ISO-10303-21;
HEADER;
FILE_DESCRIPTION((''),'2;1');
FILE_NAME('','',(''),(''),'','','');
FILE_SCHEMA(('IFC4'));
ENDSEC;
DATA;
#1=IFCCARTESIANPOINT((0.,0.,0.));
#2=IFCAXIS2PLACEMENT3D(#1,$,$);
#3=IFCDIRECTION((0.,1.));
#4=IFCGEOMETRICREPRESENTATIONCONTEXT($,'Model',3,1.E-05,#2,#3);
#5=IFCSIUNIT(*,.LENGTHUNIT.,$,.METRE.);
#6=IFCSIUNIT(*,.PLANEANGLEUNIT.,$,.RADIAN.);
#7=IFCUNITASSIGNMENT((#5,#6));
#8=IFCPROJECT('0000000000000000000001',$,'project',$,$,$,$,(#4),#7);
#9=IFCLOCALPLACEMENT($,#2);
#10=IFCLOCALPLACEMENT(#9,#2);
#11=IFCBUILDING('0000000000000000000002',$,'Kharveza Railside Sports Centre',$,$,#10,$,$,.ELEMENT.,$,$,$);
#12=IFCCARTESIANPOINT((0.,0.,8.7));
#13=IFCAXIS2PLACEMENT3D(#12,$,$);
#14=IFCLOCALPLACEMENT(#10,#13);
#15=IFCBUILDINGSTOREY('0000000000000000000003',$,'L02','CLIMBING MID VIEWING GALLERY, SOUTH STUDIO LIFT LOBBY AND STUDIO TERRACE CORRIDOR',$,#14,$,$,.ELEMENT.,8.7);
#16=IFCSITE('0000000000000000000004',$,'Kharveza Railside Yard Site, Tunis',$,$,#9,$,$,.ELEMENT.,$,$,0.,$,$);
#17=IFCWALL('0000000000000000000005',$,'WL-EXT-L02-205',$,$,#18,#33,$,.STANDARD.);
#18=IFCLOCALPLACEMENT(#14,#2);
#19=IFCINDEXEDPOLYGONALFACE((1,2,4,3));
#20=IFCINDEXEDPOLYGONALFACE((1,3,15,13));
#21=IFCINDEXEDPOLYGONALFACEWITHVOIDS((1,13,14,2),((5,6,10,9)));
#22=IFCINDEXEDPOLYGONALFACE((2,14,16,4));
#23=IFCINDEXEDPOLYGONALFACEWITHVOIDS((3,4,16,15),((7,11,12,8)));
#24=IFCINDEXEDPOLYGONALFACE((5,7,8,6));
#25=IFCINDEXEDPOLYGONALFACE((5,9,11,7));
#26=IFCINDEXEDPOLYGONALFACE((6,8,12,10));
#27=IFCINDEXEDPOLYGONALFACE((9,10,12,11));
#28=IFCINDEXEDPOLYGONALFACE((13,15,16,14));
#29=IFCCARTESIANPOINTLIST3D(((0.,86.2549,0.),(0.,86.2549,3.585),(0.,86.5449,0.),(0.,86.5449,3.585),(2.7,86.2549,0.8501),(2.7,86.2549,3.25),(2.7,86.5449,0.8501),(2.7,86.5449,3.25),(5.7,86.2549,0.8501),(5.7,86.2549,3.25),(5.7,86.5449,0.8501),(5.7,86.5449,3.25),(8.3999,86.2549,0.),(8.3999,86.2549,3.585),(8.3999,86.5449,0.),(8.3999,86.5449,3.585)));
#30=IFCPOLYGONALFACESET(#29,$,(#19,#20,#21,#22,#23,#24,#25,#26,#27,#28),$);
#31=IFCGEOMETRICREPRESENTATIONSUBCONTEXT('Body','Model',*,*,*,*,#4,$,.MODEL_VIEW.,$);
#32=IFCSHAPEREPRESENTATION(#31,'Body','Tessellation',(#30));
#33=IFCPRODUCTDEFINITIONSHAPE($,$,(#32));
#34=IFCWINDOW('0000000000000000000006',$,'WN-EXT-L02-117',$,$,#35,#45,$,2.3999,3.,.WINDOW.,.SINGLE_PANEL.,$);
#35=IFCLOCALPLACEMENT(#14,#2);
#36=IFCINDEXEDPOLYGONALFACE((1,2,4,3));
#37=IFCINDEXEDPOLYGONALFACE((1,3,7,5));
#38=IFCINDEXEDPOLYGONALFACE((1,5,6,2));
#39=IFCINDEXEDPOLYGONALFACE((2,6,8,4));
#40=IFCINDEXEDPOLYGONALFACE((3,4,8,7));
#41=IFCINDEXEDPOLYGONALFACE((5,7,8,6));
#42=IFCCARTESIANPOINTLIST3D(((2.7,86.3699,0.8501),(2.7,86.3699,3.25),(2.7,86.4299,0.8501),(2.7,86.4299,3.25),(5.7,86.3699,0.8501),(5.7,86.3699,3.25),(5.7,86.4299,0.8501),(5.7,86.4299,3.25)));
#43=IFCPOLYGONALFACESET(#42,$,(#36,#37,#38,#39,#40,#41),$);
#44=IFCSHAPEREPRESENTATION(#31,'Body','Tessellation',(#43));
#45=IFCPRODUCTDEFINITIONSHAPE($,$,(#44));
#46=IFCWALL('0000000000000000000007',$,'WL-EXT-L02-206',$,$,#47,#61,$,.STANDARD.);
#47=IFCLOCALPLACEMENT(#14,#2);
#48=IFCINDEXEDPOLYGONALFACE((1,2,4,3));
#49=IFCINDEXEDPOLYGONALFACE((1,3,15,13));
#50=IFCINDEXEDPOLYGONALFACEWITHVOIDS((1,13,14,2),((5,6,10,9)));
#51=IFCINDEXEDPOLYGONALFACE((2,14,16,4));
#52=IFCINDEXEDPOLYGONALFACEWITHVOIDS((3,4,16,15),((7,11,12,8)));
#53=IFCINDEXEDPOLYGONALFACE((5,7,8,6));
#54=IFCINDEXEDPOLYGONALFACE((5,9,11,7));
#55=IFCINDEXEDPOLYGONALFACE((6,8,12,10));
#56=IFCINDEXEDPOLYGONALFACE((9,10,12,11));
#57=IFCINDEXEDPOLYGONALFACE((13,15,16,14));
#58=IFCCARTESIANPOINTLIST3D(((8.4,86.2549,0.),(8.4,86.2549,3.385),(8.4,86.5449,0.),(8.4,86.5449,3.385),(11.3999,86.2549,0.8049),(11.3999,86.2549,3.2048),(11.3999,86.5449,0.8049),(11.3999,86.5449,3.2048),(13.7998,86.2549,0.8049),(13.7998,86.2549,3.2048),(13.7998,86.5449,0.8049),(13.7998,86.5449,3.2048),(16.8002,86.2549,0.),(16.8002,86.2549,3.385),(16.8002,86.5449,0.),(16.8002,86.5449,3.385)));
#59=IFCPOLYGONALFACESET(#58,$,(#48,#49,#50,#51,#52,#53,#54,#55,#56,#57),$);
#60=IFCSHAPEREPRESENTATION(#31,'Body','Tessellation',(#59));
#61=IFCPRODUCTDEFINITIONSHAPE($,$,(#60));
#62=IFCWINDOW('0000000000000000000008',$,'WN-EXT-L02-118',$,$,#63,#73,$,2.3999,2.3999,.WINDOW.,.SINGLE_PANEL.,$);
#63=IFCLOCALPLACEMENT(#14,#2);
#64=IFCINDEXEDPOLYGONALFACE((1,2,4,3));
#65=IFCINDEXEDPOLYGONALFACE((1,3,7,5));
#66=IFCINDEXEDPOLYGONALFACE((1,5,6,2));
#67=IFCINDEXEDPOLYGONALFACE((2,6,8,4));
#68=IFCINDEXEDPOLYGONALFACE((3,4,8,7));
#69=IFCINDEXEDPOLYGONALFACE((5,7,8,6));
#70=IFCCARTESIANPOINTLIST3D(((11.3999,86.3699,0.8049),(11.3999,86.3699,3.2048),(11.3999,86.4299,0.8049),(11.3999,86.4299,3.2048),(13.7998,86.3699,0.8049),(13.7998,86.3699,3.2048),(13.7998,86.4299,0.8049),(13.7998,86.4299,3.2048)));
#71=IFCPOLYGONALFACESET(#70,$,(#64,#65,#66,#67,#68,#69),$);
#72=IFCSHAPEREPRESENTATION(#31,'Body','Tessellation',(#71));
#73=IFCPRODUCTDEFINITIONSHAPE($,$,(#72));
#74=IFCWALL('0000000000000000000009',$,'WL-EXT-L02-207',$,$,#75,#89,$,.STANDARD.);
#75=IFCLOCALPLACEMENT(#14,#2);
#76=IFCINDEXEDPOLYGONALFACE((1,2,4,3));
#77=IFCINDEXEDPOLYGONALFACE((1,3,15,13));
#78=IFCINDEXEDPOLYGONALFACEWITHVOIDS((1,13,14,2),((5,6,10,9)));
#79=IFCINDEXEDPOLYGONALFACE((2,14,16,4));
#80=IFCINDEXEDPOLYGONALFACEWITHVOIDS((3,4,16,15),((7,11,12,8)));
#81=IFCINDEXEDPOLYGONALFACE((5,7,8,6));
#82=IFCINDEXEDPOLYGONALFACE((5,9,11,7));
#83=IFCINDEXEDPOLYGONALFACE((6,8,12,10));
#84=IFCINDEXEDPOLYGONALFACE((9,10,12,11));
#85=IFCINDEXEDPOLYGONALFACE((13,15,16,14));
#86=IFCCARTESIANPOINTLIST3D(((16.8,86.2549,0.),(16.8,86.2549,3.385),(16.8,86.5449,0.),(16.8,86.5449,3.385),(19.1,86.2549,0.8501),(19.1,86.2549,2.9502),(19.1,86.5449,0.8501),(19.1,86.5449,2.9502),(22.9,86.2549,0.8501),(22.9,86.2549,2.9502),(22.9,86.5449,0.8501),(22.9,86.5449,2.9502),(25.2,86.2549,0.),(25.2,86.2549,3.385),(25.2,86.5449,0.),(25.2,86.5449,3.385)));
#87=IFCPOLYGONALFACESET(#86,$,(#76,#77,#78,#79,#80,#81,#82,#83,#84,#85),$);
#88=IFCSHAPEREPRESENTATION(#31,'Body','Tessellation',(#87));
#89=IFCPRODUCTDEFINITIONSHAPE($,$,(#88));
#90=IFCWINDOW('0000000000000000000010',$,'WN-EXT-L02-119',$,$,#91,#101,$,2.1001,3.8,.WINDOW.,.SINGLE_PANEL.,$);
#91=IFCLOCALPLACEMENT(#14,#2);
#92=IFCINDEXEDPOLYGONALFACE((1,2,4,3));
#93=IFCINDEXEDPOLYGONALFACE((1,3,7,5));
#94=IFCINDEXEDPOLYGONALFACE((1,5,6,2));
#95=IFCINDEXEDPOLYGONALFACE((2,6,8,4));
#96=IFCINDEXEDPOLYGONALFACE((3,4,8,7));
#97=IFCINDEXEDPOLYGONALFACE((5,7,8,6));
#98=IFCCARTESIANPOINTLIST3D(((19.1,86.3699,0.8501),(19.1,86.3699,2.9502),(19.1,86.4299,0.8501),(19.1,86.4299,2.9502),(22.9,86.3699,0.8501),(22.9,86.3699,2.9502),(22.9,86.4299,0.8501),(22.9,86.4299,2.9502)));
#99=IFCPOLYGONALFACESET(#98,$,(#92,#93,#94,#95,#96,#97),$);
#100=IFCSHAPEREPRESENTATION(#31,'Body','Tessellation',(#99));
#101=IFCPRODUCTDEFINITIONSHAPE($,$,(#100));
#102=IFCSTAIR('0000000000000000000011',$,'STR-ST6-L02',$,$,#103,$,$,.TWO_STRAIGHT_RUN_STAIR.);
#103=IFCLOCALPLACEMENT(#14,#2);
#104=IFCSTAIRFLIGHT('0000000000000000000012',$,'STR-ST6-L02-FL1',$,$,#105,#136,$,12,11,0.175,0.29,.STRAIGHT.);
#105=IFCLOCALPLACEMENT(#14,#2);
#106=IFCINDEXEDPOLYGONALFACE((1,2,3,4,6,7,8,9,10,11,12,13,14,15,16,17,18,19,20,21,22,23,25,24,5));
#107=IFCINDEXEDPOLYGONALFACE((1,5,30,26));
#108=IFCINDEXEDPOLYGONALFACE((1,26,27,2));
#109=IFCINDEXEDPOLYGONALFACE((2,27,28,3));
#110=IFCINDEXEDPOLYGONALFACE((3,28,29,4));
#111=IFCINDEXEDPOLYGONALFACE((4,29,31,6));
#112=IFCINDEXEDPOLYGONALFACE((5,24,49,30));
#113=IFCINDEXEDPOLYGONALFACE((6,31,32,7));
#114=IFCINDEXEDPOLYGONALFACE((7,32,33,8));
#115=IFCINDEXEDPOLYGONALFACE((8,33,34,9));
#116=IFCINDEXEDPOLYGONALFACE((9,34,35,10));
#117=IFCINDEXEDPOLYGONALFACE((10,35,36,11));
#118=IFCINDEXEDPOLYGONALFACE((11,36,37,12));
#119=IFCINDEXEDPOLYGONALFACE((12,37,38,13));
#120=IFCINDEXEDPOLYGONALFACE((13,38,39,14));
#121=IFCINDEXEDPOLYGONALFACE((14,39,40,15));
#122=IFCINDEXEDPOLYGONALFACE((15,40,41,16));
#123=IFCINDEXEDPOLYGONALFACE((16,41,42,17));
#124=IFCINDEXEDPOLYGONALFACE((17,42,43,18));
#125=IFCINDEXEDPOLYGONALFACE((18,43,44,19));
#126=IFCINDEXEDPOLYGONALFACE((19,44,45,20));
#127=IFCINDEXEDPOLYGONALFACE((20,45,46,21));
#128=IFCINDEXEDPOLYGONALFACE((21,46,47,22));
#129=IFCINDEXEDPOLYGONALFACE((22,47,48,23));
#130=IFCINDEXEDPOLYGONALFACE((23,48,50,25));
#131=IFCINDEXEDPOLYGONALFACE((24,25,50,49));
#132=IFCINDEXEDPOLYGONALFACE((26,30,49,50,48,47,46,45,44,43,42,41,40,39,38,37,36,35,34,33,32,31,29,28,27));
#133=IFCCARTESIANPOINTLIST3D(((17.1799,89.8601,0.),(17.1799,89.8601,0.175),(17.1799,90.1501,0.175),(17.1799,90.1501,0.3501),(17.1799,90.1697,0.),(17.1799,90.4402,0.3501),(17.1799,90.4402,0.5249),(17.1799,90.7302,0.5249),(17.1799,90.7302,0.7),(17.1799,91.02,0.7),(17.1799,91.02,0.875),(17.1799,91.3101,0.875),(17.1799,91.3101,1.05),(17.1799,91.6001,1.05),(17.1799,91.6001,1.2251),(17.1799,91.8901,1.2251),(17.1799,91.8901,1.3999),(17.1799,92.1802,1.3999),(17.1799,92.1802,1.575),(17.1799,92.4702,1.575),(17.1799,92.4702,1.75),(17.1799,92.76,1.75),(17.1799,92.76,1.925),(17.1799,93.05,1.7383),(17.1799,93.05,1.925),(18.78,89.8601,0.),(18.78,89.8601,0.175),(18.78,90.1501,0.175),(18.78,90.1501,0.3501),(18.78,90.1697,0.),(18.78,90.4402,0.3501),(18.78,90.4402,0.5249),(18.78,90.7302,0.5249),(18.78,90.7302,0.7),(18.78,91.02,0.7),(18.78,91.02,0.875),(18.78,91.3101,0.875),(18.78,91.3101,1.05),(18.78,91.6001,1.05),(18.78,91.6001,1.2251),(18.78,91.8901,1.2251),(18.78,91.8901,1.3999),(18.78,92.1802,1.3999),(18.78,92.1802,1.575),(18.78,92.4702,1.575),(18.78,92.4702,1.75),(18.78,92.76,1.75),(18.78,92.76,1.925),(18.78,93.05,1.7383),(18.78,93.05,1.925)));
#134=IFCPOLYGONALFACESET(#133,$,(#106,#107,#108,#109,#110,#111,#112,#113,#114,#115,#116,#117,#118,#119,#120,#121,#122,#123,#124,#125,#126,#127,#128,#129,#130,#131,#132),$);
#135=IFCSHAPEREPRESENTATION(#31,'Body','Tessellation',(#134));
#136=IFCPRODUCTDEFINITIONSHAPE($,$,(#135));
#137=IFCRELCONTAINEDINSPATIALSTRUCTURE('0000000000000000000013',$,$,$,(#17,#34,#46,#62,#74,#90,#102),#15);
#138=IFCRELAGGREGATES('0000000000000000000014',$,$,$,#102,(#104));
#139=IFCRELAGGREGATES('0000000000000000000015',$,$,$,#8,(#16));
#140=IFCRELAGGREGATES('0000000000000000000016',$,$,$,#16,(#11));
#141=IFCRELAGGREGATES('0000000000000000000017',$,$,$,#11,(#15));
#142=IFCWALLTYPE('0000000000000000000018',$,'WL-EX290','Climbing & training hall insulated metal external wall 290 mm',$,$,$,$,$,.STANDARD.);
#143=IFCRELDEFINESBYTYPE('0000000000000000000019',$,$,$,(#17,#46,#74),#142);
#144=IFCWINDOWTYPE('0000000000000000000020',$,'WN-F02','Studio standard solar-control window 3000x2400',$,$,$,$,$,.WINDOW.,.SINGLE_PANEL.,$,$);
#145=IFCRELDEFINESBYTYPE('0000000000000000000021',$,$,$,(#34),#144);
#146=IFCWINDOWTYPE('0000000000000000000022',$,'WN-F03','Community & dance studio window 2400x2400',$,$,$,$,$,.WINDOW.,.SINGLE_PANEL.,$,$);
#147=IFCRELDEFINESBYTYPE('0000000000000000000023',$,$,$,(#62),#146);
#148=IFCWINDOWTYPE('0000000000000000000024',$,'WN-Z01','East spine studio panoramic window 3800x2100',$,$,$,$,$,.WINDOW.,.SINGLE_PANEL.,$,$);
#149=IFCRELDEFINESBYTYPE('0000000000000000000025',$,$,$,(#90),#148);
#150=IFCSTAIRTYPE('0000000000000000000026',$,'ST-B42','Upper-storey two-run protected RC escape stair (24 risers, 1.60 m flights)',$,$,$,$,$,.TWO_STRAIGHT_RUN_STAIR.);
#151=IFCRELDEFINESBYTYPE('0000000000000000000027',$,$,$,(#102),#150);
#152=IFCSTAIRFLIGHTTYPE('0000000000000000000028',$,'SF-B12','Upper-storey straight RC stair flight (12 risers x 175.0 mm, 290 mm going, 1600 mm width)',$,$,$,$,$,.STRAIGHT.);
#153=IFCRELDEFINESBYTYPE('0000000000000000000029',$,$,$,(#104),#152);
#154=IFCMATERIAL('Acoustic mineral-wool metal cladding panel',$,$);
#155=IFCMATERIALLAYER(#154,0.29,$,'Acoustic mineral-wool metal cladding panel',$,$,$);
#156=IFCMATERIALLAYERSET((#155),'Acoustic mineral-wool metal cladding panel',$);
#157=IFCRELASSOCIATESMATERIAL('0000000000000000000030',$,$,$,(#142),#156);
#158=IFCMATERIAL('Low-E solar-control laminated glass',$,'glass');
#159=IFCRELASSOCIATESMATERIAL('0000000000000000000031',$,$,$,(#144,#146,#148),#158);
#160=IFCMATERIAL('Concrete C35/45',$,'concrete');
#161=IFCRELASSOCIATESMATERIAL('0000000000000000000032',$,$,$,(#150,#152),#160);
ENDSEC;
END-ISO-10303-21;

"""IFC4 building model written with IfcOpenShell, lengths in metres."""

from ifc_helpers import new_model, si_unit, direction, frame, frame_2d, origin, place, context, subcontext, project, spatial, polyline, rectangle, outline, extrude, material, layer, layer_set, type_object, element, fill, aggregate, save


model = new_model("IFC4")

# Units and contexts
model_context = context("Model", 3, precision=1e-05, world=origin(), true_north=direction((0.0, 1.0)))
body_context = subcontext(model_context, "Body", "Model", "MODEL_VIEW")
ifc_project = project(units=[si_unit("LENGTHUNIT", "METRE"), si_unit("PLANEANGLEUNIT", "RADIAN")], contexts=[model_context])

# Site, building, storey
site_placement = place(None, origin())
site = spatial("IfcSite", under=ifc_project, at=site_placement, Name="Kharveza Railside Yard Site, Tunis", CompositionType="ELEMENT", RefElevation=0.0)
building_placement = place(site_placement, origin())
building = spatial("IfcBuilding", under=site, at=building_placement, Name="Kharveza Railside Sports Centre", CompositionType="ELEMENT")
storey_placement = place(building_placement, frame((0.0, 0.0, 8.7)))
storey = spatial("IfcBuildingStorey", under=building, at=storey_placement, Name="L02", Description="CLIMBING MID VIEWING GALLERY, SOUTH STUDIO LIFT LOBBY AND STUDIO TERRACE CORRIDOR", CompositionType="ELEMENT", Elevation=8.7)

# Shared definitions
ifc_material_1 = material(Name="Low-E solar-control laminated glass", Category="glass")

# Shared definitions
ifc_material_2 = material(Name="Concrete C35/45", Category="concrete")

# Walls, openings, windows
ifc_material_3 = material(Name="Acoustic mineral-wool metal cladding panel")
ifc_layer_1 = layer(ifc_material_3, 0.29, Name="Acoustic mineral-wool metal cladding panel")
ifc_layer_set_1 = layer_set([ifc_layer_1], Name="Acoustic mineral-wool metal cladding panel")
wall_type_1 = type_object("IfcWallType", Name="WL-EX290", Description="Climbing & training hall insulated metal external wall 290 mm", PredefinedType="STANDARD", material=ifc_layer_set_1)
wall_1_placement = place(storey_placement, frame((0.0, 86.3999, 0.0), z_axis=(0.0, 0.0, 1.0), x_axis=(1.0, 0.0, 0.0)))
wall_1 = element("IfcWall", 1, at=wall_1_placement, inside=storey, type_object=wall_type_1, Name="WL-EXT-L02-205", PredefinedType="STANDARD", context=body_context, shape_type="SweptSolid", body=[
    extrude(rectangle(XDim=8.3999, YDim=0.29, at=frame_2d((4.2, 0.0))), origin(), (0.0, 0.0, 1.0), 3.585),
])
opening_1_placement = place(wall_1_placement, frame((2.7, 0.0, 0.8501)))
opening_1 = element("IfcOpeningElement", 2, at=opening_1_placement, cuts=wall_1, PredefinedType="OPENING", context=body_context, shape_type="SweptSolid", body=[
    extrude(rectangle(XDim=3.0, YDim=2.3999, at=frame_2d((1.5, 1.2))), frame((0.0, 0.1699, 0.0), z_axis=(0.0, -1.0, 0.0), x_axis=(1.0, 0.0, 0.0)), (0.0, 0.0, 1.0), 0.3398),
])
window_type_1 = type_object("IfcWindowType", Name="WN-F02", Description="Studio standard solar-control window 3000x2400", PartitioningType="SINGLE_PANEL", PredefinedType="WINDOW", material=ifc_material_1)
window_1_placement = place(opening_1_placement, origin())
window_1 = element("IfcWindow", 3, at=window_1_placement, inside=storey, type_object=window_type_1, Name="WN-EXT-L02-117", OverallHeight=2.3999, OverallWidth=3.0, PartitioningType="SINGLE_PANEL", PredefinedType="WINDOW", context=body_context, shape_type="SweptSolid", body=[
    extrude(rectangle(XDim=3.0, YDim=2.3999, at=frame_2d((1.5, 1.2))), frame((0.0, 0.03, 0.0), z_axis=(0.0, -1.0, 0.0), x_axis=(1.0, 0.0, 0.0)), (0.0, 0.0, 1.0), 0.0601),
])
fill(opening_1, window_1)
wall_2_placement = place(storey_placement, frame((8.3999, 86.3999, 0.0), z_axis=(0.0, 0.0, 1.0), x_axis=(1.0, 0.0, 0.0)))
wall_2 = element("IfcWall", 4, at=wall_2_placement, inside=storey, type_object=wall_type_1, Name="WL-EXT-L02-206", PredefinedType="STANDARD", context=body_context, shape_type="SweptSolid", body=[
    extrude(rectangle(XDim=8.4001, YDim=0.29, at=frame_2d((4.2002, 0.0))), origin(), (0.0, 0.0, 1.0), 3.385),
])
opening_2_placement = place(wall_2_placement, frame((3.0, 0.0, 0.8049)))
opening_2 = element("IfcOpeningElement", 5, at=opening_2_placement, cuts=wall_2, PredefinedType="OPENING", context=body_context, shape_type="SweptSolid", body=[
    extrude(rectangle(XDim=2.3999, YDim=2.3999, at=frame_2d((1.2, 1.2))), frame((0.0, 0.1699, 0.0), z_axis=(0.0, -1.0, 0.0), x_axis=(1.0, 0.0, 0.0)), (0.0, 0.0, 1.0), 0.3398),
])
window_type_2 = type_object("IfcWindowType", Name="WN-F03", Description="Community & dance studio window 2400x2400", PartitioningType="SINGLE_PANEL", PredefinedType="WINDOW", material=ifc_material_1)
window_2_placement = place(opening_2_placement, origin())
window_2 = element("IfcWindow", 6, at=window_2_placement, inside=storey, type_object=window_type_2, Name="WN-EXT-L02-118", OverallHeight=2.3999, OverallWidth=2.3999, PartitioningType="SINGLE_PANEL", PredefinedType="WINDOW", context=body_context, shape_type="SweptSolid", body=[
    extrude(rectangle(XDim=2.3999, YDim=2.3999, at=frame_2d((1.2, 1.2))), frame((0.0, 0.03, 0.0), z_axis=(0.0, -1.0, 0.0), x_axis=(1.0, 0.0, 0.0)), (0.0, 0.0, 1.0), 0.0601),
])
fill(opening_2, window_2)
wall_3_placement = place(storey_placement, frame((16.8, 86.3999, 0.0), z_axis=(0.0, 0.0, 1.0), x_axis=(1.0, 0.0, 0.0)))
wall_3 = element("IfcWall", 7, at=wall_3_placement, inside=storey, type_object=wall_type_1, Name="WL-EXT-L02-207", PredefinedType="STANDARD", context=body_context, shape_type="SweptSolid", body=[
    extrude(rectangle(XDim=8.3999, YDim=0.29, at=frame_2d((4.2, 0.0))), origin(), (0.0, 0.0, 1.0), 3.385),
])
opening_3_placement = place(wall_3_placement, frame((2.3, 0.0, 0.8501)))
opening_3 = element("IfcOpeningElement", 8, at=opening_3_placement, cuts=wall_3, PredefinedType="OPENING", context=body_context, shape_type="SweptSolid", body=[
    extrude(rectangle(XDim=3.8, YDim=2.1001, at=frame_2d((1.8999, 1.05))), frame((0.0, 0.1699, 0.0), z_axis=(0.0, -1.0, 0.0), x_axis=(1.0, 0.0, 0.0)), (0.0, 0.0, 1.0), 0.3398),
])
window_type_3 = type_object("IfcWindowType", Name="WN-Z01", Description="East spine studio panoramic window 3800x2100", PartitioningType="SINGLE_PANEL", PredefinedType="WINDOW", material=ifc_material_1)
window_3_placement = place(opening_3_placement, origin())
window_3 = element("IfcWindow", 9, at=window_3_placement, inside=storey, type_object=window_type_3, Name="WN-EXT-L02-119", OverallHeight=2.1001, OverallWidth=3.8, PartitioningType="SINGLE_PANEL", PredefinedType="WINDOW", context=body_context, shape_type="SweptSolid", body=[
    extrude(rectangle(XDim=3.8, YDim=2.1001, at=frame_2d((1.8999, 1.05))), frame((0.0, 0.03, 0.0), z_axis=(0.0, -1.0, 0.0), x_axis=(1.0, 0.0, 0.0)), (0.0, 0.0, 1.0), 0.0601),
])
fill(opening_3, window_3)

# Stair, stair flight
stair_type = type_object("IfcStairType", Name="ST-B42", Description="Upper-storey two-run protected RC escape stair (24 risers, 1.60 m flights)", PredefinedType="TWO_STRAIGHT_RUN_STAIR", material=ifc_material_2)
stair_placement = place(storey_placement, origin())
stair = element("IfcStair", 10, at=stair_placement, inside=storey, type_object=stair_type, Name="STR-ST6-L02", PredefinedType="TWO_STRAIGHT_RUN_STAIR")
stair_flight_type = type_object("IfcStairFlightType", Name="SF-B12", Description="Upper-storey straight RC stair flight (12 risers x 175.0 mm, 290 mm going, 1600 mm width)", PredefinedType="STRAIGHT", material=ifc_material_2)
stair_flight_placement = place(storey_placement, frame((17.98, 89.8601, 0.0), z_axis=(0.0, 0.0, 1.0), x_axis=(0.0, 1.0, 0.0)))
stair_flight = element("IfcStairFlight", 11, at=stair_flight_placement, type_object=stair_flight_type, Name="STR-ST6-L02-FL1", NumberOfRisers=12, NumberOfTreads=11, PredefinedType="STRAIGHT", RiserHeight=0.175, TreadLength=0.29, context=body_context, shape_type="SweptSolid", body=[
    extrude(outline(polyline([(0.0, 0.0), (0.0, 0.175), (0.29, 0.175), (0.29, 0.3501), (0.5801, 0.3501), (0.5801, 0.5249), (0.8701, 0.5249), (0.8701, 0.7), (1.1599, 0.7), (1.1599, 0.875), (1.45, 0.875), (1.45, 1.05), (1.74, 1.05), (1.74, 1.2251), (2.03, 1.2251), (2.03, 1.3999), (2.3201, 1.3999), (2.3201, 1.575), (2.6101, 1.575), (2.6101, 1.75), (2.8999, 1.75), (2.8999, 1.925), (3.1899, 1.925), (3.1899, 2.1001), (3.1899, 1.7383), (0.3096, 0.0), (0.0, 0.0)])), frame((0.0, 0.8, 0.0), z_axis=(0.0, -1.0, 0.0), x_axis=(1.0, 0.0, 0.0)), (0.0, 0.0, 1.0), 1.6001),
])
aggregate(stair, [stair_flight])

save(model, "model.ifc")
